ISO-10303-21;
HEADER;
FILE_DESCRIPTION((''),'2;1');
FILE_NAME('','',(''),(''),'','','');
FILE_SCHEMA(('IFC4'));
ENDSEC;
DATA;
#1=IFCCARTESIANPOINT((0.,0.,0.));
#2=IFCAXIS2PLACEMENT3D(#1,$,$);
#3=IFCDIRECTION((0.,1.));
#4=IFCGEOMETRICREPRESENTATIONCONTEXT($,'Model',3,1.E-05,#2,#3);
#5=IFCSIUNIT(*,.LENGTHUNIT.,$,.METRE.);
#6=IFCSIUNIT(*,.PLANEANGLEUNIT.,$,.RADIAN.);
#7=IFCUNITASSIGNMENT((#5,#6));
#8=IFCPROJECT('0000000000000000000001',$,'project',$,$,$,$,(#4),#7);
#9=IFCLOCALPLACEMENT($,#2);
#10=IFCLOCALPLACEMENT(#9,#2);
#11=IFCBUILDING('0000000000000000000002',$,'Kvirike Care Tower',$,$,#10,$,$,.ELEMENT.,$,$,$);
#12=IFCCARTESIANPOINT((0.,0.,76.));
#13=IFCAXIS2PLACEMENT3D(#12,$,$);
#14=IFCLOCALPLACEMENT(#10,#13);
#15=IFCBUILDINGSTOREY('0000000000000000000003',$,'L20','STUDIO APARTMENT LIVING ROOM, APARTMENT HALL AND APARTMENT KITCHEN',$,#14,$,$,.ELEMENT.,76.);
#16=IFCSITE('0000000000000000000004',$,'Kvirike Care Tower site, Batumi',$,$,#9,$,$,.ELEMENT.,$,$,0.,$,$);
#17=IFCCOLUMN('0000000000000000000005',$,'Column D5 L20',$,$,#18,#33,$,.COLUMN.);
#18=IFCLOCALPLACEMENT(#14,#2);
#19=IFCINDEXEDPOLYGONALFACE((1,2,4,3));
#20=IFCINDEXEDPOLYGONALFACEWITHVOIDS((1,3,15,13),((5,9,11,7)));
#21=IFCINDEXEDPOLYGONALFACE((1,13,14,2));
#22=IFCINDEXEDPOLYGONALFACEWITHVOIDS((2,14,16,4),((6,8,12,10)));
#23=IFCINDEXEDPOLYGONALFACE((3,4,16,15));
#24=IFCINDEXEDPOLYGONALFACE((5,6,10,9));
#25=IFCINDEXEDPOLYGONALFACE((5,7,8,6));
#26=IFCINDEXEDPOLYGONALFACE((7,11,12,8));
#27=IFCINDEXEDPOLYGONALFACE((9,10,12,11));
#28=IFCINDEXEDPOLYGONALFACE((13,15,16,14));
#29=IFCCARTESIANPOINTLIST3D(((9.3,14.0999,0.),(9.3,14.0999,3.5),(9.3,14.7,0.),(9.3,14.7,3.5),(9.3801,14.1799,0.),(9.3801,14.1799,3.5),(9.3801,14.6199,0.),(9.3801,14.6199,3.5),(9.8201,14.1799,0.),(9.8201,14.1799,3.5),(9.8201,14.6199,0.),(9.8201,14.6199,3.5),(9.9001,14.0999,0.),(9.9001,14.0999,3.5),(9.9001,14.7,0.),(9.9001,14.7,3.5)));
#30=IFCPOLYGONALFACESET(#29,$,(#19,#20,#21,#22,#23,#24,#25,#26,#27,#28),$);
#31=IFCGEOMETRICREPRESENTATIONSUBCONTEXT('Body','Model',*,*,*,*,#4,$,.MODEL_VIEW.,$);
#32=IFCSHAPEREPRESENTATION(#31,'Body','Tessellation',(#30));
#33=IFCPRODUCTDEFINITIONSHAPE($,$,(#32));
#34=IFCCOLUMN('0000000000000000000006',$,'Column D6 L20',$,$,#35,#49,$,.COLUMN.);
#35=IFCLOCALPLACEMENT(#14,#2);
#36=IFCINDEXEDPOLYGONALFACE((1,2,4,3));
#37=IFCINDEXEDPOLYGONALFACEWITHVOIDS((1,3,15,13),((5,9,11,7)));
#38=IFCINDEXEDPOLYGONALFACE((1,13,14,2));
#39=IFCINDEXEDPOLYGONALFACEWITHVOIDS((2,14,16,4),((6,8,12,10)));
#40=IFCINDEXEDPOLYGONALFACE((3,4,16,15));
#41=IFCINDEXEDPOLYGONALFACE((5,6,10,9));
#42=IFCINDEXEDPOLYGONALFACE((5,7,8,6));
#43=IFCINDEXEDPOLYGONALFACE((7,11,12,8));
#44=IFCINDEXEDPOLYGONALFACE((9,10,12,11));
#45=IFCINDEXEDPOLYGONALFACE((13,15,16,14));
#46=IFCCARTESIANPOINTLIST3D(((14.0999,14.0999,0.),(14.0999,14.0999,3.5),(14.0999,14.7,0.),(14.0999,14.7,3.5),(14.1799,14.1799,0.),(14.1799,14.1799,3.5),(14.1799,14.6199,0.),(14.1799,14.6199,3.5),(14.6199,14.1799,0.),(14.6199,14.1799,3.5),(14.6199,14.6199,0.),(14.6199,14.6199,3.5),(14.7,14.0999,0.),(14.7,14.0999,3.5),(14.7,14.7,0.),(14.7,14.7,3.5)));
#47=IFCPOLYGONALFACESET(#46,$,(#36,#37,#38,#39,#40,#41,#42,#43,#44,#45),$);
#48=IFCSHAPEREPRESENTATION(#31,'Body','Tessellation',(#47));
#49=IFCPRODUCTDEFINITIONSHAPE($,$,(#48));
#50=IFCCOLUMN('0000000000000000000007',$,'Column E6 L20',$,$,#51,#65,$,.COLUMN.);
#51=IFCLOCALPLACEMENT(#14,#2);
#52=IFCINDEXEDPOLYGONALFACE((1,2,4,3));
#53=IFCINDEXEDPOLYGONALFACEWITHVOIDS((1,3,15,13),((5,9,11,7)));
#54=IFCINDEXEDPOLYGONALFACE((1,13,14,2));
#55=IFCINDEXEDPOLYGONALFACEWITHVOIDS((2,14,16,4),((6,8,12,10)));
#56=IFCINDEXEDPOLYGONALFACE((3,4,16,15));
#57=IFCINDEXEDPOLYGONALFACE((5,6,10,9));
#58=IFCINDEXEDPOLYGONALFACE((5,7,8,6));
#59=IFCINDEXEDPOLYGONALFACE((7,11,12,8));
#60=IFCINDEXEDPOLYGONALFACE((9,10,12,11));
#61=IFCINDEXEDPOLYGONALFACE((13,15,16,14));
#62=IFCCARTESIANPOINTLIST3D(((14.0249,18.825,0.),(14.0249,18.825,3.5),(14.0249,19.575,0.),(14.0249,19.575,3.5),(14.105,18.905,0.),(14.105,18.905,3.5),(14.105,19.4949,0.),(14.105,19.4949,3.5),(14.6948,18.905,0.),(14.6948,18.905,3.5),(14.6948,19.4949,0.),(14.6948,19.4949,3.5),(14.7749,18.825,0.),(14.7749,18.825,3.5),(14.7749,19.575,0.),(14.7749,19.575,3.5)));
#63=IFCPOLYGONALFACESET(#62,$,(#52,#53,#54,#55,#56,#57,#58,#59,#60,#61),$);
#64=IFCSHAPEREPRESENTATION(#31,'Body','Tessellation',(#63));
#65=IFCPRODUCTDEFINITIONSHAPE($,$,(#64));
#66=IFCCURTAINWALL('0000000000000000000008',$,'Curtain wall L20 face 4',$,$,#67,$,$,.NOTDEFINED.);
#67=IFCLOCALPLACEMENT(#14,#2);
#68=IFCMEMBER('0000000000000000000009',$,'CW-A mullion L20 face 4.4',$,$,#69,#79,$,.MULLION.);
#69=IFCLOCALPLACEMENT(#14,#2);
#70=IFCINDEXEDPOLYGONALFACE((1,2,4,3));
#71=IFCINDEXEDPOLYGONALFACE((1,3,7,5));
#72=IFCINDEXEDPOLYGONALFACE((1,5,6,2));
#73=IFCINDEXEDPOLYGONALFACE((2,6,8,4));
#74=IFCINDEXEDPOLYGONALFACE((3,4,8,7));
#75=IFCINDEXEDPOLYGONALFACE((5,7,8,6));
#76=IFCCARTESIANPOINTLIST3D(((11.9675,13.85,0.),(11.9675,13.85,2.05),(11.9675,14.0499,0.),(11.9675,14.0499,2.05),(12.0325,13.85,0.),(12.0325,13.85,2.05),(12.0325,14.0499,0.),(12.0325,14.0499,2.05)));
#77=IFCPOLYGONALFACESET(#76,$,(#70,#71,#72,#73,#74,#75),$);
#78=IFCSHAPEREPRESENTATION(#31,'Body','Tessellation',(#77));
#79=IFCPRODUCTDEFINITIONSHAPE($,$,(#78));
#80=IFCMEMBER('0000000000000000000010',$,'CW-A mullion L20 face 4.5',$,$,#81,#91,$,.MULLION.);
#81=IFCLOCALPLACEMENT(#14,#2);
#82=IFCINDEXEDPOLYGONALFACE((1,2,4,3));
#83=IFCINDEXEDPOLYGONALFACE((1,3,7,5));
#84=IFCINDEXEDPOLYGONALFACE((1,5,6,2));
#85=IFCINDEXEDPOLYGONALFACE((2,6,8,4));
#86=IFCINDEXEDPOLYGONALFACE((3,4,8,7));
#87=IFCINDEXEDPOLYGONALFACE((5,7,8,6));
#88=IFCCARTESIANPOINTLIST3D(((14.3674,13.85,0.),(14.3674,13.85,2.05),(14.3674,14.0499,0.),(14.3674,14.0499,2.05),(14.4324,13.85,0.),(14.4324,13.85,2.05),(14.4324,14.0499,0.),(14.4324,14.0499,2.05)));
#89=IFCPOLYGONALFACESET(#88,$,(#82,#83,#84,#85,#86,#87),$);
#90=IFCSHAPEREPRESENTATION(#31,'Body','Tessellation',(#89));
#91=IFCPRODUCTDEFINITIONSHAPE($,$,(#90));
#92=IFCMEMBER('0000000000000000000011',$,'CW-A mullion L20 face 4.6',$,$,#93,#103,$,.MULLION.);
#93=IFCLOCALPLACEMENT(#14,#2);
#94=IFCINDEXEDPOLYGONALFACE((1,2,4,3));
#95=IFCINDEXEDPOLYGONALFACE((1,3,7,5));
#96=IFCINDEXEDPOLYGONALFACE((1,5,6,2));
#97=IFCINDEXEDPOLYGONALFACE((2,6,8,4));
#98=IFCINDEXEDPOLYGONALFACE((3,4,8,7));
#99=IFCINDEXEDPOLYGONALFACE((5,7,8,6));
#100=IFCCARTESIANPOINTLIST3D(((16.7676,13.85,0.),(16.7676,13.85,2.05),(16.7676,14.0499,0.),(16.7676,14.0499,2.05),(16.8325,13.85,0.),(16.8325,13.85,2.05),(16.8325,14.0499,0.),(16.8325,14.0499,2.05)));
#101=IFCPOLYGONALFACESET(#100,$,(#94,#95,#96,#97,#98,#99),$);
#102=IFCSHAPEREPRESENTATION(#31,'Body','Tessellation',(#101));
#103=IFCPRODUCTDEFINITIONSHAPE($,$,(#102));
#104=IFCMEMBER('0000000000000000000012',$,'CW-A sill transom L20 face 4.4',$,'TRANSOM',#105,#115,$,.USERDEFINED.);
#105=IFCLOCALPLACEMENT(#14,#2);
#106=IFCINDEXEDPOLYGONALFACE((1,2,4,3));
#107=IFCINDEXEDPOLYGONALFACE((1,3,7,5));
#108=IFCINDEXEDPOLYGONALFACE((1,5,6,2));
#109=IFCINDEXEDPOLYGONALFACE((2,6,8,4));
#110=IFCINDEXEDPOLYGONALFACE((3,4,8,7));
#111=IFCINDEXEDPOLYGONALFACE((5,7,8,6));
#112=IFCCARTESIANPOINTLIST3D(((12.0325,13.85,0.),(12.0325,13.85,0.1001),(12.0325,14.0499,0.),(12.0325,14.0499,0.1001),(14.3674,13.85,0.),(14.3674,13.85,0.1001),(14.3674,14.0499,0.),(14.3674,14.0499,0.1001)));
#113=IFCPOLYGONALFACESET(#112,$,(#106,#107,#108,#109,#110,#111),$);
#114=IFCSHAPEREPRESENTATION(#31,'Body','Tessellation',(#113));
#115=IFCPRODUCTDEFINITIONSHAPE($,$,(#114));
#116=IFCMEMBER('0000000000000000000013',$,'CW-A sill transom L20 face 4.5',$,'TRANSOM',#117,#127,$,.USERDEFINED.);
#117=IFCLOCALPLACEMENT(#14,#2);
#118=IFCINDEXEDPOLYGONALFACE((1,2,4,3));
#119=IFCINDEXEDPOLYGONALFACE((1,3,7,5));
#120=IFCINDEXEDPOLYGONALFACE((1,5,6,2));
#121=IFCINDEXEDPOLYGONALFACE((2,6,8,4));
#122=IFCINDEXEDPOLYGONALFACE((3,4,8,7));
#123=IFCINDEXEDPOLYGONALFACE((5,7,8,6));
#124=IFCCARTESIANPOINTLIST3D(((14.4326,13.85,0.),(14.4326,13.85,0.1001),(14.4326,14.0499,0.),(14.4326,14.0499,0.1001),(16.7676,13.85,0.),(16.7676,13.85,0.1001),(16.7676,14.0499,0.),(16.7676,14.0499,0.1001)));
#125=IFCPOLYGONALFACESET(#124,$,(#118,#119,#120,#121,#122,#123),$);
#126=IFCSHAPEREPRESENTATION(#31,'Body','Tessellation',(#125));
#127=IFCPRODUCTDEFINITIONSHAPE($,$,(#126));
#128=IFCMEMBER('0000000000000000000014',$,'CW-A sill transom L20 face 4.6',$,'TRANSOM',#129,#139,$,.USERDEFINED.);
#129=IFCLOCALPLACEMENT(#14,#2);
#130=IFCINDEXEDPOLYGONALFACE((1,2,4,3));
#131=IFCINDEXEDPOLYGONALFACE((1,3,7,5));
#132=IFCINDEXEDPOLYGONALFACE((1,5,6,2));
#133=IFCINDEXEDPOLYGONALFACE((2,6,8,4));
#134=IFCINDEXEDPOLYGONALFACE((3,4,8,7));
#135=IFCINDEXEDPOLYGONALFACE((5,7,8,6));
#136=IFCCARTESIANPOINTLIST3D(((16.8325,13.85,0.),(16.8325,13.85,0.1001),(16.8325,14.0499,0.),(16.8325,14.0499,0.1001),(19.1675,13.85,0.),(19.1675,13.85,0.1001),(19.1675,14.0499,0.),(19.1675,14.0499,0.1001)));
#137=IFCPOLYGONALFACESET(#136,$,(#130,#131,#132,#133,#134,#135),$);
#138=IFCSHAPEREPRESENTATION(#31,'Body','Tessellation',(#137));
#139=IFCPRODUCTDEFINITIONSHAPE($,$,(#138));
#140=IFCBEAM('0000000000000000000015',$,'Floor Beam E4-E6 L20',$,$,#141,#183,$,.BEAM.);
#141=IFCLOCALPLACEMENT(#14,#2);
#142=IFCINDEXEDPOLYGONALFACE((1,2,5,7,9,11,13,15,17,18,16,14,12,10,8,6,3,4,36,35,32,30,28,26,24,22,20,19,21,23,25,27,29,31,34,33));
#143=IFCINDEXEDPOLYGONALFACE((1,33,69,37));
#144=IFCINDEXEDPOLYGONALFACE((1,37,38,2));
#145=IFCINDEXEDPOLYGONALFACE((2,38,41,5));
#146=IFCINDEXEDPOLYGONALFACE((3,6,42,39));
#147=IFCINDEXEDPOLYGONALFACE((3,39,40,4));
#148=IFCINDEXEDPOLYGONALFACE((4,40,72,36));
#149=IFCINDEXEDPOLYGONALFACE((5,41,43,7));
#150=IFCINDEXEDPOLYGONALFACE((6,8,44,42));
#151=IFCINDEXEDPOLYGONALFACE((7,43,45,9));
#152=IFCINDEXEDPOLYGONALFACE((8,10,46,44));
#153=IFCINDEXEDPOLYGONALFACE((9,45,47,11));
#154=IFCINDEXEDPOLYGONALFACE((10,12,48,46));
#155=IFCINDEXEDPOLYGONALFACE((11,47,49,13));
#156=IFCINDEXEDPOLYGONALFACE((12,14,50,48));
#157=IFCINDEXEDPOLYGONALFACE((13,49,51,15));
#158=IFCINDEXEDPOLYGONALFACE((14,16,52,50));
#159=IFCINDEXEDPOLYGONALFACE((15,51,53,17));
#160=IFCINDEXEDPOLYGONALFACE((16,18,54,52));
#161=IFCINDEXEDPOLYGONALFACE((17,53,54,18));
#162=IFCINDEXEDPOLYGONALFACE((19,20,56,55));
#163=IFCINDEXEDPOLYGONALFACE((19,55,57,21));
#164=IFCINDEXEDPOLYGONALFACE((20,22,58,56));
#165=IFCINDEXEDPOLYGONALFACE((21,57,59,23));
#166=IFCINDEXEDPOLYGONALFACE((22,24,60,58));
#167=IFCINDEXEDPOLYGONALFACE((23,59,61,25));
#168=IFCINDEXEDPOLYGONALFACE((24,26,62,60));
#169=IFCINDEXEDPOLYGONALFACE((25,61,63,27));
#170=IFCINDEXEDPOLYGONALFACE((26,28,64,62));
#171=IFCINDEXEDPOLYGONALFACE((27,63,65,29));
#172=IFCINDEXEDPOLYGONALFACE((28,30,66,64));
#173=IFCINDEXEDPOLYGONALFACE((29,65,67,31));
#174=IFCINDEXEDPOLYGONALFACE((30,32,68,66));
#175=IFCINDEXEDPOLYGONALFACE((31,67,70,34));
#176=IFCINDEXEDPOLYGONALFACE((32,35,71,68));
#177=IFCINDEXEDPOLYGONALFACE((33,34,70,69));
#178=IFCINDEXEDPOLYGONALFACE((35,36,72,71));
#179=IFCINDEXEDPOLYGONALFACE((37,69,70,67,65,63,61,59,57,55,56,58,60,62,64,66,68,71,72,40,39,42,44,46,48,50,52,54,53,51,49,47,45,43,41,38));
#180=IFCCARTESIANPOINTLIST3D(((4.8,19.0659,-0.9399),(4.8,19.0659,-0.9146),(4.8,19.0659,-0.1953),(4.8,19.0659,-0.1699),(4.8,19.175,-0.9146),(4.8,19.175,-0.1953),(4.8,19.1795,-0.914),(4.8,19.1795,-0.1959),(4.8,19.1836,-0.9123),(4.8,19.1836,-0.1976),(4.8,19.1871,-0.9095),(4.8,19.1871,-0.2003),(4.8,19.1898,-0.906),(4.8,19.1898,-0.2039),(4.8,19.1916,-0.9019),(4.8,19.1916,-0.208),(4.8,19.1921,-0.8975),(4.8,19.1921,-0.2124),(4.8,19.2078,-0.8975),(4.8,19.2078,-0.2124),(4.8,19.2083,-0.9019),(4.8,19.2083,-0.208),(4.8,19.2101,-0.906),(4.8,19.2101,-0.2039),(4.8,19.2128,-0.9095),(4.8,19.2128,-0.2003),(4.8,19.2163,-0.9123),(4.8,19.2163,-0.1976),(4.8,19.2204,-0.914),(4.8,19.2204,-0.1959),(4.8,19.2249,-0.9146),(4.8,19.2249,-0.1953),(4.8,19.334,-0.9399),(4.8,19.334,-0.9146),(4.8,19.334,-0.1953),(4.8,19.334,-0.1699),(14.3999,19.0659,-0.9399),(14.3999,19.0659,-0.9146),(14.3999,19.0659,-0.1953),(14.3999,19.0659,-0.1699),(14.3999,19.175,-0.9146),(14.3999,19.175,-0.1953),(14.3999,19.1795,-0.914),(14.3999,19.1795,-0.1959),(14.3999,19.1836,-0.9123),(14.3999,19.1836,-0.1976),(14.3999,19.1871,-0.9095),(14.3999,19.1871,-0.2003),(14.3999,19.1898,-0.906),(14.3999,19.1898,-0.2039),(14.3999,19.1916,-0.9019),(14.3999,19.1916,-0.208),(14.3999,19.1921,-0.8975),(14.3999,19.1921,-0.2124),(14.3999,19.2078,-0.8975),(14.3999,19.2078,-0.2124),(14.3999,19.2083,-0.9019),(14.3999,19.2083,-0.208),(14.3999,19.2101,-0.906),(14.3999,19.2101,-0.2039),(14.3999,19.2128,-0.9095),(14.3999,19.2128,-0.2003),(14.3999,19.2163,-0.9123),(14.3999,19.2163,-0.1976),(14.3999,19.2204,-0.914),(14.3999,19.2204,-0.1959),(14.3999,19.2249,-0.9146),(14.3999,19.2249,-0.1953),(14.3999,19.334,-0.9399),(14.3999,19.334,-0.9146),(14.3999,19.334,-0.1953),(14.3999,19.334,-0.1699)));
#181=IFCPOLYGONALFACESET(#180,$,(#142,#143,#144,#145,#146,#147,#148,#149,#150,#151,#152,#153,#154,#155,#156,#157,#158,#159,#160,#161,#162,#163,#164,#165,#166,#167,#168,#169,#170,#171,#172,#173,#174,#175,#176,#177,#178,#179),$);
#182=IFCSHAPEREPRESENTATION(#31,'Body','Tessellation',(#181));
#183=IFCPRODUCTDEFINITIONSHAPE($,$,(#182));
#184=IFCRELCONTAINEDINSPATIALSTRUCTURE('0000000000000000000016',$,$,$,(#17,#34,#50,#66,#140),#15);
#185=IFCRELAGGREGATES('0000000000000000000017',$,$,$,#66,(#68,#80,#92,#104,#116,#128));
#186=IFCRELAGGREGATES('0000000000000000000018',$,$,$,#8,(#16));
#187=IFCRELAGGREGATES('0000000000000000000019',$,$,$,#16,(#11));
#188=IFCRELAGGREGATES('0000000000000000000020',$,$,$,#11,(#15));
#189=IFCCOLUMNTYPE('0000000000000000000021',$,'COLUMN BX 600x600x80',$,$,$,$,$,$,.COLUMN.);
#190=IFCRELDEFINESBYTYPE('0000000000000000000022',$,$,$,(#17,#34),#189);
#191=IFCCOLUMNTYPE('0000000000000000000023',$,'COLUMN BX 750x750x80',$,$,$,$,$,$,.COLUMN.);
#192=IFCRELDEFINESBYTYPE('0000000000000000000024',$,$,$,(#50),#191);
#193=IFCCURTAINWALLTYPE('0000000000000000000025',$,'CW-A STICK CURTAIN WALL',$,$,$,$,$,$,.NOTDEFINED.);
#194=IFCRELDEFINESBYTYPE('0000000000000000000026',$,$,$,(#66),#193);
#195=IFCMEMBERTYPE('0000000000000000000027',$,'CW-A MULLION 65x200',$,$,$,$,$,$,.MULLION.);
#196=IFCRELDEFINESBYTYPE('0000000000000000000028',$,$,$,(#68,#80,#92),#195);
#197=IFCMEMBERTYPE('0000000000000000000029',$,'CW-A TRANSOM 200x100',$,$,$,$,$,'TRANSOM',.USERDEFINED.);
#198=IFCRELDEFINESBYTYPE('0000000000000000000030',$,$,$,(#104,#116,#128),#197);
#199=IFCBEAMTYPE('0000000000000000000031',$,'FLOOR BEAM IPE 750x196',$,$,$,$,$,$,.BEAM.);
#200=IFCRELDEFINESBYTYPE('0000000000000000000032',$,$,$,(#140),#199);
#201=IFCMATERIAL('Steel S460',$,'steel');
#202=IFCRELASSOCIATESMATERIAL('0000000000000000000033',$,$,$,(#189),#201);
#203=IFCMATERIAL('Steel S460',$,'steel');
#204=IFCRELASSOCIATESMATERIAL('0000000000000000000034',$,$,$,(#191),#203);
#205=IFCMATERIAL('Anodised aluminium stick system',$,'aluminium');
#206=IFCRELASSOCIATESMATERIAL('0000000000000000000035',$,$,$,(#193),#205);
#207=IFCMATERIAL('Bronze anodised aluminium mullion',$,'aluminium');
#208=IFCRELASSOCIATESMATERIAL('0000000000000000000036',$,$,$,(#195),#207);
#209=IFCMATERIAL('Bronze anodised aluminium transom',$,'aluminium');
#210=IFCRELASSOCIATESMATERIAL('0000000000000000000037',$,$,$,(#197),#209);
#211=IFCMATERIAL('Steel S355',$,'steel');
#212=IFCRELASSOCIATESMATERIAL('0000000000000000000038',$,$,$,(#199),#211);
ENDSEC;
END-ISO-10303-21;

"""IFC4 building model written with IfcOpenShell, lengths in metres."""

from ifc_helpers import new_model, si_unit, direction, frame, origin, origin_2d, place, context, subcontext, project, spatial, rectangle, hollow_rectangle, i_section, extrude, material, material_profile, profile_set, type_object, element, aggregate, save


model = new_model("IFC4")

# Units and contexts
model_context = context("Model", 3, precision=1e-05, world=origin(), true_north=direction((0.0, 1.0)))
body_context = subcontext(model_context, "Body", "Model", "MODEL_VIEW")
ifc_project = project(units=[si_unit("LENGTHUNIT", "METRE"), si_unit("PLANEANGLEUNIT", "RADIAN")], contexts=[model_context])

# Site, building, storey
site_placement = place(None, origin())
site = spatial("IfcSite", under=ifc_project, at=site_placement, Name="Kvirike Care Tower site, Batumi", CompositionType="ELEMENT", RefElevation=0.0)
building_placement = place(site_placement, origin())
building = spatial("IfcBuilding", under=site, at=building_placement, Name="Kvirike Care Tower", CompositionType="ELEMENT")
storey_placement = place(building_placement, frame((0.0, 0.0, 76.0)))
storey = spatial("IfcBuildingStorey", under=building, at=storey_placement, Name="L20", Description="STUDIO APARTMENT LIVING ROOM, APARTMENT HALL AND APARTMENT KITCHEN", CompositionType="ELEMENT", Elevation=76.0)

# Columns
ifc_material_1 = material(Name="Steel S460", Category="steel")
ifc_material_profile_1 = material_profile(ifc_material_1, hollow_rectangle(XDim=0.6001, YDim=0.6001, WallThickness=0.0801, at=origin_2d()), Name="BX 600x600x80")
ifc_profile_set_1 = profile_set([ifc_material_profile_1], Name="Steel S460")
column_type_1 = type_object("IfcColumnType", Name="COLUMN BX 600x600x80", PredefinedType="COLUMN", material=ifc_profile_set_1)
for number, where, z_axis, x_axis, name in (
    (1, (9.6001, 14.3999, 0.0), (0.0, 0.0, 1.0), (0.0, 1.0, 0.0), "Column D5 L20"),
    (2, (14.3999, 14.3999, 0.0), (0.0, 0.0, 1.0), (0.0, 1.0, 0.0), "Column D6 L20"),
):
    element("IfcColumn", number, at=place(storey_placement, frame(where, z_axis=z_axis, x_axis=x_axis)), inside=storey, type_object=column_type_1, Name=name, PredefinedType="COLUMN", context=body_context, shape_type="SweptSolid", body=[
        extrude(hollow_rectangle(XDim=0.6001, YDim=0.6001, WallThickness=0.0801, at=origin_2d()), origin(), (0.0, 0.0, 1.0), 3.5),
    ])
ifc_material_2 = material(Name="Steel S460", Category="steel")
ifc_material_profile_2 = material_profile(ifc_material_2, hollow_rectangle(XDim=0.75, YDim=0.75, WallThickness=0.0801, at=origin_2d()), Name="BX 750x750x80")
ifc_profile_set_2 = profile_set([ifc_material_profile_2], Name="Steel S460")
column_type_2 = type_object("IfcColumnType", Name="COLUMN BX 750x750x80", PredefinedType="COLUMN", material=ifc_profile_set_2)
column_placement = place(storey_placement, frame((14.3999, 19.2, 0.0), z_axis=(0.0, 0.0, 1.0), x_axis=(1.0, 0.0, 0.0)))
element("IfcColumn", 3, at=column_placement, inside=storey, type_object=column_type_2, Name="Column E6 L20", PredefinedType="COLUMN", context=body_context, shape_type="SweptSolid", body=[
    extrude(hollow_rectangle(XDim=0.75, YDim=0.75, WallThickness=0.0801, at=origin_2d()), origin(), (0.0, 0.0, 1.0), 3.5),
])

# Curtain wall, members
ifc_material_3 = material(Name="Anodised aluminium stick system", Category="aluminium")
curtain_wall_type = type_object("IfcCurtainWallType", Name="CW-A STICK CURTAIN WALL", PredefinedType="NOTDEFINED", material=ifc_material_3)
curtain_wall_placement = place(storey_placement, origin())
curtain_wall = element("IfcCurtainWall", 4, at=curtain_wall_placement, inside=storey, type_object=curtain_wall_type, Name="Curtain wall L20 face 4", PredefinedType="NOTDEFINED")
ifc_material_4 = material(Name="Bronze anodised aluminium mullion", Category="aluminium")
ifc_material_profile_3 = material_profile(ifc_material_4, rectangle(XDim=0.0649, YDim=0.2, at=origin_2d()), Name="CW-A MULLION 65x200")
ifc_profile_set_3 = profile_set([ifc_material_profile_3], Name="Bronze anodised aluminium mullion")
member_type_1 = type_object("IfcMemberType", Name="CW-A MULLION 65x200", PredefinedType="MULLION", material=ifc_profile_set_3)
member_1_placement = place(storey_placement, frame((12.0, 13.95, 0.0), z_axis=(0.0, 0.0, 1.0), x_axis=(1.0, 0.0, 0.0)))
member_1 = element("IfcMember", 5, at=member_1_placement, type_object=member_type_1, Name="CW-A mullion L20 face 4.4", PredefinedType="MULLION", context=body_context, shape_type="SweptSolid", body=[
    extrude(rectangle(XDim=0.0649, YDim=0.2, at=origin_2d()), origin(), (0.0, 0.0, 1.0), 2.05),
])
member_2_placement = place(storey_placement, frame((14.3999, 13.95, 0.0), z_axis=(0.0, 0.0, 1.0), x_axis=(1.0, 0.0, 0.0)))
member_2 = element("IfcMember", 6, at=member_2_placement, type_object=member_type_1, Name="CW-A mullion L20 face 4.5", PredefinedType="MULLION", context=body_context, shape_type="SweptSolid", body=[
    extrude(rectangle(XDim=0.0649, YDim=0.2, at=origin_2d()), origin(), (0.0, 0.0, 1.0), 2.05),
])
member_3_placement = place(storey_placement, frame((16.8, 13.95, 0.0), z_axis=(0.0, 0.0, 1.0), x_axis=(1.0, 0.0, 0.0)))
member_3 = element("IfcMember", 7, at=member_3_placement, type_object=member_type_1, Name="CW-A mullion L20 face 4.6", PredefinedType="MULLION", context=body_context, shape_type="SweptSolid", body=[
    extrude(rectangle(XDim=0.0649, YDim=0.2, at=origin_2d()), origin(), (0.0, 0.0, 1.0), 2.05),
])
ifc_material_5 = material(Name="Bronze anodised aluminium transom", Category="aluminium")
ifc_material_profile_4 = material_profile(ifc_material_5, rectangle(XDim=0.2, YDim=0.1001, at=origin_2d()), Name="CW-A TRANSOM 200x100")
ifc_profile_set_4 = profile_set([ifc_material_profile_4], Name="Bronze anodised aluminium transom")
member_type_2 = type_object("IfcMemberType", Name="CW-A TRANSOM 200x100", ElementType="TRANSOM", PredefinedType="USERDEFINED", material=ifc_profile_set_4)
member_4_placement = place(storey_placement, frame((12.0325, 13.95, 0.05), z_axis=(1.0, 0.0, 0.0), x_axis=(0.0, 1.0, 0.0)))
member_4 = element("IfcMember", 8, at=member_4_placement, type_object=member_type_2, Name="CW-A sill transom L20 face 4.4", ObjectType="TRANSOM", PredefinedType="USERDEFINED", context=body_context, shape_type="SweptSolid", body=[
    extrude(rectangle(XDim=0.2, YDim=0.1001, at=origin_2d()), origin(), (0.0, 0.0, 1.0), 2.335),
])
member_5_placement = place(storey_placement, frame((14.4326, 13.95, 0.05), z_axis=(1.0, 0.0, 0.0), x_axis=(0.0, 1.0, 0.0)))
member_5 = element("IfcMember", 9, at=member_5_placement, type_object=member_type_2, Name="CW-A sill transom L20 face 4.5", ObjectType="TRANSOM", PredefinedType="USERDEFINED", context=body_context, shape_type="SweptSolid", body=[
    extrude(rectangle(XDim=0.2, YDim=0.1001, at=origin_2d()), origin(), (0.0, 0.0, 1.0), 2.335),
])
member_6_placement = place(storey_placement, frame((16.8325, 13.95, 0.05), z_axis=(1.0, 0.0, 0.0), x_axis=(0.0, 1.0, 0.0)))
member_6 = element("IfcMember", 10, at=member_6_placement, type_object=member_type_2, Name="CW-A sill transom L20 face 4.6", ObjectType="TRANSOM", PredefinedType="USERDEFINED", context=body_context, shape_type="SweptSolid", body=[
    extrude(rectangle(XDim=0.2, YDim=0.1001, at=origin_2d()), origin(), (0.0, 0.0, 1.0), 2.335),
])

# Beam
ifc_material_6 = material(Name="Steel S355", Category="steel")
ifc_material_profile_5 = material_profile(ifc_material_6, i_section(OverallWidth=0.2681, OverallDepth=0.77, WebThickness=0.0156, FlangeThickness=0.0254, FilletRadius=0.0171, at=origin_2d()), Name="IPE 750x196")
ifc_profile_set_5 = profile_set([ifc_material_profile_5], Name="Steel S355")
beam_type_1 = type_object("IfcBeamType", Name="FLOOR BEAM IPE 750x196", PredefinedType="BEAM", material=ifc_profile_set_5)
beam_1_placement = place(storey_placement, frame((4.8, 19.2, -0.5549), z_axis=(1.0, 0.0, 0.0), x_axis=(0.0, 1.0, 0.0)))
element("IfcBeam", 11, at=beam_1_placement, inside=storey, type_object=beam_type_1, Name="Floor Beam E4-E6 L20", PredefinedType="BEAM", context=body_context, shape_type="SweptSolid", body=[
    extrude(i_section(OverallWidth=0.2681, OverallDepth=0.77, WebThickness=0.0156, FlangeThickness=0.0254, FilletRadius=0.0171, at=origin_2d()), origin(), (0.0, 0.0, 1.0), 9.5999),
])

aggregate(curtain_wall, [member_1, member_2, member_3, member_4, member_5, member_6])

save(model, "model.ifc")
